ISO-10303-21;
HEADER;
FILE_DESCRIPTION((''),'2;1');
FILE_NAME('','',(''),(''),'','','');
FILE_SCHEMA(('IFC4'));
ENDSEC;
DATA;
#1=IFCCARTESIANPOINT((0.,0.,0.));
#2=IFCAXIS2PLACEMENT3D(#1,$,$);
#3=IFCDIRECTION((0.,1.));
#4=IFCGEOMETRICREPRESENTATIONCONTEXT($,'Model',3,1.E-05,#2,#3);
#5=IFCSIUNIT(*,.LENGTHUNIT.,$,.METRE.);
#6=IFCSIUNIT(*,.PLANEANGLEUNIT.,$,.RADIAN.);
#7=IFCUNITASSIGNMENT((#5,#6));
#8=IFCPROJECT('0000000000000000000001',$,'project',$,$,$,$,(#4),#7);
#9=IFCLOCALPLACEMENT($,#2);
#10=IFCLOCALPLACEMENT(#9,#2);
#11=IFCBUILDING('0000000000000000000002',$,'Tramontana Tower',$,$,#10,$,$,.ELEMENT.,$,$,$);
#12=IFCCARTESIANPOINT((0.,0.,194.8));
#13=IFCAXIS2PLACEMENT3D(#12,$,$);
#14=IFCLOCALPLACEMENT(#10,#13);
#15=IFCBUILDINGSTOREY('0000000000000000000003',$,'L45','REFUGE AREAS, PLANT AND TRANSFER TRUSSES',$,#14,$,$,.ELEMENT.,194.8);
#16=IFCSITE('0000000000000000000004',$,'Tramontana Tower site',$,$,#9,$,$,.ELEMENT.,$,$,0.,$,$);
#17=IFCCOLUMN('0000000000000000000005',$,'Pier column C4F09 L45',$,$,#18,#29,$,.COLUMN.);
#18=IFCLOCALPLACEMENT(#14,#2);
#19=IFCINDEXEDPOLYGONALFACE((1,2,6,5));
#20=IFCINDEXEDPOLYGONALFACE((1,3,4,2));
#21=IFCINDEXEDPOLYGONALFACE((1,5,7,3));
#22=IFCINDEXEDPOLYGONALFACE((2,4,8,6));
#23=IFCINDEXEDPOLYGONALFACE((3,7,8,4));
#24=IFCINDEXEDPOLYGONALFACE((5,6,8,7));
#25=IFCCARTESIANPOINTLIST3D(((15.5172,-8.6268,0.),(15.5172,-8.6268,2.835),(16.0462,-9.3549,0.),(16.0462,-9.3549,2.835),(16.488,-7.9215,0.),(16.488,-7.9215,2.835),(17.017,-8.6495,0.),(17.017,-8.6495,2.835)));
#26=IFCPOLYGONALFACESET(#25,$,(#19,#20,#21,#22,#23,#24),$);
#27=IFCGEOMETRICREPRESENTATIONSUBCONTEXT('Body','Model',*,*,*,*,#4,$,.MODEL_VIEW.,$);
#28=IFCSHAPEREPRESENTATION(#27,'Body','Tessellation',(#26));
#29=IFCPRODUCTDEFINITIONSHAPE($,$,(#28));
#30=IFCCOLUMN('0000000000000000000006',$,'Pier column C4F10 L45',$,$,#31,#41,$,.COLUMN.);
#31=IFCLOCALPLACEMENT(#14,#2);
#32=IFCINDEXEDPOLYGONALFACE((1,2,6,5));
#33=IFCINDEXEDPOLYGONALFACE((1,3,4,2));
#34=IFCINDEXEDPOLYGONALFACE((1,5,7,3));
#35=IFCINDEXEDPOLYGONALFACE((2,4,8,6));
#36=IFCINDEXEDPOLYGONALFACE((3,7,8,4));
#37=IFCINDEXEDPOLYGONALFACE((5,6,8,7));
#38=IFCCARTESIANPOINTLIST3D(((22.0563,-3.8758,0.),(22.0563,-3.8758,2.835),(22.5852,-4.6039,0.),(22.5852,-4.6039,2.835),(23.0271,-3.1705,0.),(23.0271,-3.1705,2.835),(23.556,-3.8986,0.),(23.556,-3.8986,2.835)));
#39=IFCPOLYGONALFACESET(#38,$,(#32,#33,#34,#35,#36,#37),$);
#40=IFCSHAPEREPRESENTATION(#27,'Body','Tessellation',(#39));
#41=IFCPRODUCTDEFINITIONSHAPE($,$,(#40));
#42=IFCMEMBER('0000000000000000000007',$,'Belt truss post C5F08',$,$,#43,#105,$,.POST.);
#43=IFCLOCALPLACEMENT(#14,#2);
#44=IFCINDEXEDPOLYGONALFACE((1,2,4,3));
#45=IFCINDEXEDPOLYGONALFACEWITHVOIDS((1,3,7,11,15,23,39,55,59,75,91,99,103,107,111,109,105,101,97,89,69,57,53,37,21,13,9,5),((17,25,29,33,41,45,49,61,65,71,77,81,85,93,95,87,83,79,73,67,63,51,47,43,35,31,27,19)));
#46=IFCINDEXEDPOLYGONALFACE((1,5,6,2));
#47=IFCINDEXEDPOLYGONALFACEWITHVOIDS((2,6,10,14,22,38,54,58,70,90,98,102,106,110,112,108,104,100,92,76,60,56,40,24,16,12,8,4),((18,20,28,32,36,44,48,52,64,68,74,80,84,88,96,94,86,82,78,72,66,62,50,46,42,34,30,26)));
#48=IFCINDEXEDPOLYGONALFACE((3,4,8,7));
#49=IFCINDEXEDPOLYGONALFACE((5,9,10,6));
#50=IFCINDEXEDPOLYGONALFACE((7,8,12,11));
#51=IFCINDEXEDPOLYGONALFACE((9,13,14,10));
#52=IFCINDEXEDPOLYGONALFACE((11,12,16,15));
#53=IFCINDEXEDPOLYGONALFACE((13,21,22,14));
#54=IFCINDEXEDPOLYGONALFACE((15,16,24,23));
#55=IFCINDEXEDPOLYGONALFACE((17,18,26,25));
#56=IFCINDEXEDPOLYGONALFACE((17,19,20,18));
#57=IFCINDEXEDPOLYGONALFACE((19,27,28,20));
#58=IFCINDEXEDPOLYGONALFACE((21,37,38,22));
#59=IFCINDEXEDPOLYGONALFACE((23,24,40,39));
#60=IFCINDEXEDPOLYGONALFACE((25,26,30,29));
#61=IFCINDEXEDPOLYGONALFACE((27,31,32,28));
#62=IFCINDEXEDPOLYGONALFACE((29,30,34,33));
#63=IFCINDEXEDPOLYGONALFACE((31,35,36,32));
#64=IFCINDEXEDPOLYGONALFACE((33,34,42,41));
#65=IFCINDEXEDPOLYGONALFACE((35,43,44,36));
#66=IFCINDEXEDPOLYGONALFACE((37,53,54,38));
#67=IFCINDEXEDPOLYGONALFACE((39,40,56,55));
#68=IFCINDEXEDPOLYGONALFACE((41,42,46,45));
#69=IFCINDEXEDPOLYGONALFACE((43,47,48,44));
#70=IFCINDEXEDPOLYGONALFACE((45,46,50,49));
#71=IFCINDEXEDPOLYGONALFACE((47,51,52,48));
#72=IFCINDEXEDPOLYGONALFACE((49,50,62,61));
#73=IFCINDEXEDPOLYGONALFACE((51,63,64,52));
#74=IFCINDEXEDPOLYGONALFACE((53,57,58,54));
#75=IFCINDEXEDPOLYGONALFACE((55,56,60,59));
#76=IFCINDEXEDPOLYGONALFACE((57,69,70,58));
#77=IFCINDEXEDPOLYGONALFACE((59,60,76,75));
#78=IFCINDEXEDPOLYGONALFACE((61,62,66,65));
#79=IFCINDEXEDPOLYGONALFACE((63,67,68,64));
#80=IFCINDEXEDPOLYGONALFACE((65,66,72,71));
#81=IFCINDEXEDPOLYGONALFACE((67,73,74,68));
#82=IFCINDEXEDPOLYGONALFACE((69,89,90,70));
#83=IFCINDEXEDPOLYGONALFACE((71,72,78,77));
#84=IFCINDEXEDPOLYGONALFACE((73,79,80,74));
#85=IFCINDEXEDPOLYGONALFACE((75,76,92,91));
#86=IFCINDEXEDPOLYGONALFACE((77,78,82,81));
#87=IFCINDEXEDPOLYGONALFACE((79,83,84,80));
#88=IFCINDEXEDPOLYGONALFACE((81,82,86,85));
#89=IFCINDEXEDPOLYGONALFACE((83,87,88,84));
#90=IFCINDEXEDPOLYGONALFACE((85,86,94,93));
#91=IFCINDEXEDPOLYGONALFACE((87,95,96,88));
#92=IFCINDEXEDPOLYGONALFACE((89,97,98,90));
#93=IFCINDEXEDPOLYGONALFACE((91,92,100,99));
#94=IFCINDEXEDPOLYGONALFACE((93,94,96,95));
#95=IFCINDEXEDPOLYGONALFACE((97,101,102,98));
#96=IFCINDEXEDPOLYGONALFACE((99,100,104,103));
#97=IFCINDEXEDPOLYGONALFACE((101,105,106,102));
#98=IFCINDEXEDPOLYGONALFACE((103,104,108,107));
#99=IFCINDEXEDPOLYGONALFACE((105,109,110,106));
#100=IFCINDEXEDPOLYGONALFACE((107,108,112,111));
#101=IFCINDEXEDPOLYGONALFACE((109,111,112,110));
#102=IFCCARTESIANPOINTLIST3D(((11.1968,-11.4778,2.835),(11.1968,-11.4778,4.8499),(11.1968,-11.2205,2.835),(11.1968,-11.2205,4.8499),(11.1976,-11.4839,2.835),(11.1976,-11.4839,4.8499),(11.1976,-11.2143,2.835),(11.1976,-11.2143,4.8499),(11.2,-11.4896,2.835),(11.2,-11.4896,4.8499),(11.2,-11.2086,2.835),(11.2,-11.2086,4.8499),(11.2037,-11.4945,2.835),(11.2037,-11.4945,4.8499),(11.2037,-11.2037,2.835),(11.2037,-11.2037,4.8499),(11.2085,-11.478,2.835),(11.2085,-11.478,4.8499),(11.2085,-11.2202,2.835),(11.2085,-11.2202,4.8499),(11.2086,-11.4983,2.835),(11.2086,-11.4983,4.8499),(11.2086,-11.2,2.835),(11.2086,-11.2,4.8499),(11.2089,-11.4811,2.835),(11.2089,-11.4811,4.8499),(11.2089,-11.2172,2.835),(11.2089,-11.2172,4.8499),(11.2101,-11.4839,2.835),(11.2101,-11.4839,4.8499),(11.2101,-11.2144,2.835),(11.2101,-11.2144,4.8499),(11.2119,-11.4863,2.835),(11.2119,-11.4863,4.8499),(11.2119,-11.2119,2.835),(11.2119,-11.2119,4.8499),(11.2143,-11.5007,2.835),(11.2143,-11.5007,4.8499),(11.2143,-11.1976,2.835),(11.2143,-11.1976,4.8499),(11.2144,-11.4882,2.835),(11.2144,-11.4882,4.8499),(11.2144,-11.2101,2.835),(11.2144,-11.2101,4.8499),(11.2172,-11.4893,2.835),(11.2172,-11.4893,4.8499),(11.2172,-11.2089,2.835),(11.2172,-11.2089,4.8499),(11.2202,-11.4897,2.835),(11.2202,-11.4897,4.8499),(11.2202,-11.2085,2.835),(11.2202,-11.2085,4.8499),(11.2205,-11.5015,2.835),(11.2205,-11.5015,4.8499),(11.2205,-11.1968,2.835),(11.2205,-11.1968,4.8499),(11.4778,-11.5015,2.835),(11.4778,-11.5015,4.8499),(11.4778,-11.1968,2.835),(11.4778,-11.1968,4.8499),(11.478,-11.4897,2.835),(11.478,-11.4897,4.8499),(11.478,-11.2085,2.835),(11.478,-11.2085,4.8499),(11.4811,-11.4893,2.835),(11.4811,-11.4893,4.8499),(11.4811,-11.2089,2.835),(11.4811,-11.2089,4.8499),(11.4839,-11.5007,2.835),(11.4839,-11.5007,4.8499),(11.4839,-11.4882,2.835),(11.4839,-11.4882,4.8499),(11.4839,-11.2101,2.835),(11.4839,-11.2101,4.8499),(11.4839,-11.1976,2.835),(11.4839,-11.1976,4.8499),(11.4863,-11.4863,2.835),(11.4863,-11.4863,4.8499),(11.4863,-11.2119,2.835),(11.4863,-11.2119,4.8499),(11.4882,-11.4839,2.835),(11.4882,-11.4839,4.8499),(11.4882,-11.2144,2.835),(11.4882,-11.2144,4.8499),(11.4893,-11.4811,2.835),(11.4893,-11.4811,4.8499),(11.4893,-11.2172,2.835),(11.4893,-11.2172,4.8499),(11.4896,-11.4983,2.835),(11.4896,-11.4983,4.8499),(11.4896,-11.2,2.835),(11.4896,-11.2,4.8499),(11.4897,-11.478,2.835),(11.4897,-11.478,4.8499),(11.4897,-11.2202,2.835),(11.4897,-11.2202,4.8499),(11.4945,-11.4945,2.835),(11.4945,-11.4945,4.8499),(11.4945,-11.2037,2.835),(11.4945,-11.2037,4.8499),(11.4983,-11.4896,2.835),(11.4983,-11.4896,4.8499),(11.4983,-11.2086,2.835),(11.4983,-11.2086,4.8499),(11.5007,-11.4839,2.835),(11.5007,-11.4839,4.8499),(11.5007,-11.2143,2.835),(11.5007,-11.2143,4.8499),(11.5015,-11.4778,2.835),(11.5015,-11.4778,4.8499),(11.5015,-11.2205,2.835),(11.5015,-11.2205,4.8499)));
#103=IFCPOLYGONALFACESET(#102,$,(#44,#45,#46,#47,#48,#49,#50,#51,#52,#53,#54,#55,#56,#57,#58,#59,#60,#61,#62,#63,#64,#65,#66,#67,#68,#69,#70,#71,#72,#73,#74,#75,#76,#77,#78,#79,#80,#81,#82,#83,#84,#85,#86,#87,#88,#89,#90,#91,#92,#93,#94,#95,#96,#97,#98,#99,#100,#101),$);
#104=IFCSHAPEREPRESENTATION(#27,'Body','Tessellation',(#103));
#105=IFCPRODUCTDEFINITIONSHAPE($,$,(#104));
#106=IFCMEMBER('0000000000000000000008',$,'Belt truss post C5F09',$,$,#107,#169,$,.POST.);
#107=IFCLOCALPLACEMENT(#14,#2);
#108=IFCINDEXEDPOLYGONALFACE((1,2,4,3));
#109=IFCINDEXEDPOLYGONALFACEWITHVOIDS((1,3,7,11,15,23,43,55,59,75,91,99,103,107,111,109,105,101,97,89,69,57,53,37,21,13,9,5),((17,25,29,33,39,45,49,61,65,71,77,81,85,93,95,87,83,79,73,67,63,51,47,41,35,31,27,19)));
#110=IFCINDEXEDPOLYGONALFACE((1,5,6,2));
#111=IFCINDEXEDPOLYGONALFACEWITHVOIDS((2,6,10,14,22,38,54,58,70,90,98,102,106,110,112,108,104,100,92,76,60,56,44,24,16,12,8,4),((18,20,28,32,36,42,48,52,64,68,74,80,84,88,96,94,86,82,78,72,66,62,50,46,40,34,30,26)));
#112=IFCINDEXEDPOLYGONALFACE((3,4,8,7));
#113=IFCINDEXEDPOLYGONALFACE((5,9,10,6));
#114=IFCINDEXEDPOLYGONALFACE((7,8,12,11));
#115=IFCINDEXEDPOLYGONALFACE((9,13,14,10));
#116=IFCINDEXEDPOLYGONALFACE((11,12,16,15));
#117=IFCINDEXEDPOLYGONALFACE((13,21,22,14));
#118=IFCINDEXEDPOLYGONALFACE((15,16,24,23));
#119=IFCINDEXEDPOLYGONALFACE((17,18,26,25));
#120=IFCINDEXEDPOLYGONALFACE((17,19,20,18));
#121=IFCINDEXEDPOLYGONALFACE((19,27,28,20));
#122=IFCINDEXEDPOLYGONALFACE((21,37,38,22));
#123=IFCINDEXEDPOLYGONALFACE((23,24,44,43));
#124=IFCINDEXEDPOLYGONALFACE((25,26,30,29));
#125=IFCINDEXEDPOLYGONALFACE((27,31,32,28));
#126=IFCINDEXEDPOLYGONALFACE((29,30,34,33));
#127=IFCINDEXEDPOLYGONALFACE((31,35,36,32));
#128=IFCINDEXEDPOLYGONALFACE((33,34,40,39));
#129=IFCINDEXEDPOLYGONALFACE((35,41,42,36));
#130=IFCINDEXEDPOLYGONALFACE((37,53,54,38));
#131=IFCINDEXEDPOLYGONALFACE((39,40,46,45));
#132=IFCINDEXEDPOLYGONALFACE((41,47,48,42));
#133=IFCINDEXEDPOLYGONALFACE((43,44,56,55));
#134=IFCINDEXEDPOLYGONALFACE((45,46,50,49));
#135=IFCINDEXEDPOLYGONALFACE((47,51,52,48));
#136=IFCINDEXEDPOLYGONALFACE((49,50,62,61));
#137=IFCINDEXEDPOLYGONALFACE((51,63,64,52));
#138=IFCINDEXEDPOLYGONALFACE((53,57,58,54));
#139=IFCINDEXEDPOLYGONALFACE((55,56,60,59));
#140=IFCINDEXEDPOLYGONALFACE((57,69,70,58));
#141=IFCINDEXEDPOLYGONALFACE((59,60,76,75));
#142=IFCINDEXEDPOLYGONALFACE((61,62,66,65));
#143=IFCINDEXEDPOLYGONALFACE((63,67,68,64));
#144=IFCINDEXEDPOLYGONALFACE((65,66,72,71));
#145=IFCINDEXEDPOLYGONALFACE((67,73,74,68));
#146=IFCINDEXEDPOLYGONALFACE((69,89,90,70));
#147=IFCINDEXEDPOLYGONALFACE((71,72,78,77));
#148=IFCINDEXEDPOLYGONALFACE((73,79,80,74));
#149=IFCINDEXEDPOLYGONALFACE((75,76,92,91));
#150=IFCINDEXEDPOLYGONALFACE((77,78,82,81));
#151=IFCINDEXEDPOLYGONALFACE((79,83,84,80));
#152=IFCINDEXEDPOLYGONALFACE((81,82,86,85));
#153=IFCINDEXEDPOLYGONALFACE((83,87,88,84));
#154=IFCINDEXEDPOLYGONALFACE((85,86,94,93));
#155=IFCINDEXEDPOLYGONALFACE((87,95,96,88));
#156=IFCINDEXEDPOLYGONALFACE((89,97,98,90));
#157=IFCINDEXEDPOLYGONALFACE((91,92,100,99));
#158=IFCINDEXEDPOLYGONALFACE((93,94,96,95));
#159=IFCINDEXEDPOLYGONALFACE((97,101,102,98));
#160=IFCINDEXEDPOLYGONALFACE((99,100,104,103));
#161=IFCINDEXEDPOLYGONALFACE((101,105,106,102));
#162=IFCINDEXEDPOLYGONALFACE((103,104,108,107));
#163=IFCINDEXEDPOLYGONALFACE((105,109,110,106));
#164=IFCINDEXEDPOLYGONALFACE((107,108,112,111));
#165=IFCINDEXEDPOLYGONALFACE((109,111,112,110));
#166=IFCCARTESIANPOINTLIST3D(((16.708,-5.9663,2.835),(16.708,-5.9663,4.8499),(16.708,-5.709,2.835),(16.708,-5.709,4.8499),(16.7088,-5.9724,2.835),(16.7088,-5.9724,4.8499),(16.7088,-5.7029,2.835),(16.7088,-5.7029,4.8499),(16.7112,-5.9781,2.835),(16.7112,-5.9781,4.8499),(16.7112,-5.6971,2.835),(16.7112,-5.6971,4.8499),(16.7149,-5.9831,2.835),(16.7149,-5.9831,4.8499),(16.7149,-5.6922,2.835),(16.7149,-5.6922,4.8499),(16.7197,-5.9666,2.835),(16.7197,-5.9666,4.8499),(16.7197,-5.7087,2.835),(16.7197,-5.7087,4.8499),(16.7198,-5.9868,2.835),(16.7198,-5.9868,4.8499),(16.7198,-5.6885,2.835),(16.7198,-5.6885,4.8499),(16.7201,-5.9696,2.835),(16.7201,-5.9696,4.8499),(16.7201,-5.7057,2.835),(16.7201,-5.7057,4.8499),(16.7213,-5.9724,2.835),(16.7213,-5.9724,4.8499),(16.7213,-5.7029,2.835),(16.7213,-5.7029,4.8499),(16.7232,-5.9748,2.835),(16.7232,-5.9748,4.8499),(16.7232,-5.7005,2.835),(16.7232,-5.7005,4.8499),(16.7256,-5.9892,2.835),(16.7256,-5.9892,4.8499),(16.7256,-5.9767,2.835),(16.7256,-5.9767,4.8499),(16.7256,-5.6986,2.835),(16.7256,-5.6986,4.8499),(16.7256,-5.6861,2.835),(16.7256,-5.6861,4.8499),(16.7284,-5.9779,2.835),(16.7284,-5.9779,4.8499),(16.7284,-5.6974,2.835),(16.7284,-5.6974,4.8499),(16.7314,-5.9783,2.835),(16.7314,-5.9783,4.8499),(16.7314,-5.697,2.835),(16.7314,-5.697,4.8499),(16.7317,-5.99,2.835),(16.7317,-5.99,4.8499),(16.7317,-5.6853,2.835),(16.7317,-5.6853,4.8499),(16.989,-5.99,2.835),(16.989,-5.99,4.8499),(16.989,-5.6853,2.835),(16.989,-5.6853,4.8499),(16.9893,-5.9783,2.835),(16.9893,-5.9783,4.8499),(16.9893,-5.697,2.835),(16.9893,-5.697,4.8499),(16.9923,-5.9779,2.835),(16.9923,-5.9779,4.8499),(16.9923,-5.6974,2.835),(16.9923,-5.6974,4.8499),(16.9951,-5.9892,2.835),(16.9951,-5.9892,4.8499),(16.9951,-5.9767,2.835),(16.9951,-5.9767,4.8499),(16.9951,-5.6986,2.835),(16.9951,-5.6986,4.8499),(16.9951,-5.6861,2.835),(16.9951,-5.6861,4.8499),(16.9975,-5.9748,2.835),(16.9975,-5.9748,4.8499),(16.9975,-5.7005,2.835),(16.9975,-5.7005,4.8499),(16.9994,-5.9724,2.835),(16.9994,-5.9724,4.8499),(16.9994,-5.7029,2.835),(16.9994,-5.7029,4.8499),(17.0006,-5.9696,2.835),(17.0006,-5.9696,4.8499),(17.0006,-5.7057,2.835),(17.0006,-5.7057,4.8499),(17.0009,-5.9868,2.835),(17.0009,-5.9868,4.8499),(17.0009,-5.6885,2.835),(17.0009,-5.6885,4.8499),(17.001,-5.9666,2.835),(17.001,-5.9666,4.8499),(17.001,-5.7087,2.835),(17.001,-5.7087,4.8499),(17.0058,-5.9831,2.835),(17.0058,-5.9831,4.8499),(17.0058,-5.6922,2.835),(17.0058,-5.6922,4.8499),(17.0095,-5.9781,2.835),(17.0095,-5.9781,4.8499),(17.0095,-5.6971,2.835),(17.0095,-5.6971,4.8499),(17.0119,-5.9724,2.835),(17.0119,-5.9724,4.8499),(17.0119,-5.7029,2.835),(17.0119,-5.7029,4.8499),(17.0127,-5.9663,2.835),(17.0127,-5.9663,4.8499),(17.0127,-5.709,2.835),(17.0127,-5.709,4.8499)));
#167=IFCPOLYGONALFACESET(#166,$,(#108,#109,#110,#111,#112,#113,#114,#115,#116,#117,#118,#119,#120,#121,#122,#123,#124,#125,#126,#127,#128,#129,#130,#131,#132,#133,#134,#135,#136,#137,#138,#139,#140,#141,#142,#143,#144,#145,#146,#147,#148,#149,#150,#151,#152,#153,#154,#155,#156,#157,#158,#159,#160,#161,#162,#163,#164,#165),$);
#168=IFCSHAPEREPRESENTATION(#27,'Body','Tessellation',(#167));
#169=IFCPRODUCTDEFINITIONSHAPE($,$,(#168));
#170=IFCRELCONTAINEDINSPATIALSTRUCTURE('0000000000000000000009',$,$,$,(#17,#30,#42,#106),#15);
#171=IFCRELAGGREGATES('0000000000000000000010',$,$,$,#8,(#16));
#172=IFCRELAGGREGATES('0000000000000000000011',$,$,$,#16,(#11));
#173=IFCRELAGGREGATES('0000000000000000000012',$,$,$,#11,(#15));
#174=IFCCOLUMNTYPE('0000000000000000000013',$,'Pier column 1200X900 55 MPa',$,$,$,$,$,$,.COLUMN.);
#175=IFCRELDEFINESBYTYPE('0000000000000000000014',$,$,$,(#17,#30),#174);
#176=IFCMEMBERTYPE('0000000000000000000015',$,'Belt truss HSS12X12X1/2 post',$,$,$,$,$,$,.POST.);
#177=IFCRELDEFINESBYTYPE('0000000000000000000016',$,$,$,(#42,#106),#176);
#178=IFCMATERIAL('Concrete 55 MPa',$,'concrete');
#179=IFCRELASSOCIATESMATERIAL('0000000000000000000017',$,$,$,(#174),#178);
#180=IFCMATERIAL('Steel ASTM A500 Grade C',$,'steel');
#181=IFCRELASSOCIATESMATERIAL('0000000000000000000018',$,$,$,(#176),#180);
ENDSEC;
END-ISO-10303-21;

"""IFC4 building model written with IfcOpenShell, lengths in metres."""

from ifc_helpers import new_model, si_unit, direction, frame, origin, origin_2d, place, context, subcontext, project, spatial, rectangle, hollow_rectangle, extrude, material, material_profile, profile_set, type_object, element, save


model = new_model("IFC4")

# Units and contexts
model_context = context("Model", 3, precision=1e-05, world=origin(), true_north=direction((0.0, 1.0)))
body_context = subcontext(model_context, "Body", "Model", "MODEL_VIEW")
ifc_project = project(units=[si_unit("LENGTHUNIT", "METRE"), si_unit("PLANEANGLEUNIT", "RADIAN")], contexts=[model_context])

# Site, building, storey
site_placement = place(None, origin())
site = spatial("IfcSite", under=ifc_project, at=site_placement, Name="Tramontana Tower site", CompositionType="ELEMENT", RefElevation=0.0)
building_placement = place(site_placement, origin())
building = spatial("IfcBuilding", under=site, at=building_placement, Name="Tramontana Tower", CompositionType="ELEMENT")
storey_placement = place(building_placement, frame((0.0, 0.0, 194.8)))
storey = spatial("IfcBuildingStorey", under=building, at=storey_placement, Name="L45", Description="REFUGE AREAS, PLANT AND TRANSFER TRUSSES", CompositionType="ELEMENT", Elevation=194.8)

# Columns
ifc_material_1 = material(Name="Concrete 55 MPa", Category="concrete")
ifc_material_profile_1 = material_profile(ifc_material_1, rectangle(XDim=1.2, YDim=0.8999, at=origin_2d()), Name="Pier column 1200X900 55 MPa")
ifc_profile_set_1 = profile_set([ifc_material_profile_1], Name="Concrete 55 MPa")
column_type = type_object("IfcColumnType", Name="Pier column 1200X900 55 MPa", PredefinedType="COLUMN", material=ifc_profile_set_1)
for number, where, z_axis, x_axis, name in (
    (1, (16.2671, -8.6382, 0.0), (0.0, 0.0, 1.0), (0.809017, 0.587785, 0.0), "Pier column C4F09 L45"),
    (2, (22.8062, -3.8872, 0.0), (0.0, 0.0, 1.0), (0.809017, 0.587785, 0.0), "Pier column C4F10 L45"),
):
    element("IfcColumn", number, at=place(storey_placement, frame(where, z_axis=z_axis, x_axis=x_axis)), inside=storey, type_object=column_type, Name=name, PredefinedType="COLUMN", context=body_context, shape_type="SweptSolid", body=[
        extrude(rectangle(XDim=1.2, YDim=0.8999, at=origin_2d()), origin(), (0.0, 0.0, 1.0), 2.835),
    ])

# Members
ifc_material_2 = material(Name="Steel ASTM A500 Grade C", Category="steel")
ifc_material_profile_2 = material_profile(ifc_material_2, hollow_rectangle(XDim=0.3047, YDim=0.3047, WallThickness=0.0117, InnerFilletRadius=0.0117, OuterFilletRadius=0.0237, at=origin_2d()), Name="HSS12X12X1/2")
ifc_profile_set_2 = profile_set([ifc_material_profile_2], Name="Steel ASTM A500 Grade C")
member_type_1 = type_object("IfcMemberType", Name="Belt truss HSS12X12X1/2 post", PredefinedType="POST", material=ifc_profile_set_2)
for number, where, z_axis, x_axis, name in (
    (3, (11.3491, -11.3491, 2.835), (0.0, 0.0, 1.0), (1.0, 0.0, 0.0), "Belt truss post C5F08"),
    (4, (16.8604, -5.8376, 2.835), (0.0, 0.0, 1.0), (1.0, 0.0, 0.0), "Belt truss post C5F09"),
):
    element("IfcMember", number, at=place(storey_placement, frame(where, z_axis=z_axis, x_axis=x_axis)), inside=storey, type_object=member_type_1, Name=name, PredefinedType="POST", context=body_context, shape_type="SweptSolid", body=[
        extrude(hollow_rectangle(XDim=0.3047, YDim=0.3047, WallThickness=0.0117, InnerFilletRadius=0.0117, OuterFilletRadius=0.0237, at=origin_2d()), origin(), (0.0, 0.0, 1.0), 2.0149),
    ])

save(model, "model.ifc")
